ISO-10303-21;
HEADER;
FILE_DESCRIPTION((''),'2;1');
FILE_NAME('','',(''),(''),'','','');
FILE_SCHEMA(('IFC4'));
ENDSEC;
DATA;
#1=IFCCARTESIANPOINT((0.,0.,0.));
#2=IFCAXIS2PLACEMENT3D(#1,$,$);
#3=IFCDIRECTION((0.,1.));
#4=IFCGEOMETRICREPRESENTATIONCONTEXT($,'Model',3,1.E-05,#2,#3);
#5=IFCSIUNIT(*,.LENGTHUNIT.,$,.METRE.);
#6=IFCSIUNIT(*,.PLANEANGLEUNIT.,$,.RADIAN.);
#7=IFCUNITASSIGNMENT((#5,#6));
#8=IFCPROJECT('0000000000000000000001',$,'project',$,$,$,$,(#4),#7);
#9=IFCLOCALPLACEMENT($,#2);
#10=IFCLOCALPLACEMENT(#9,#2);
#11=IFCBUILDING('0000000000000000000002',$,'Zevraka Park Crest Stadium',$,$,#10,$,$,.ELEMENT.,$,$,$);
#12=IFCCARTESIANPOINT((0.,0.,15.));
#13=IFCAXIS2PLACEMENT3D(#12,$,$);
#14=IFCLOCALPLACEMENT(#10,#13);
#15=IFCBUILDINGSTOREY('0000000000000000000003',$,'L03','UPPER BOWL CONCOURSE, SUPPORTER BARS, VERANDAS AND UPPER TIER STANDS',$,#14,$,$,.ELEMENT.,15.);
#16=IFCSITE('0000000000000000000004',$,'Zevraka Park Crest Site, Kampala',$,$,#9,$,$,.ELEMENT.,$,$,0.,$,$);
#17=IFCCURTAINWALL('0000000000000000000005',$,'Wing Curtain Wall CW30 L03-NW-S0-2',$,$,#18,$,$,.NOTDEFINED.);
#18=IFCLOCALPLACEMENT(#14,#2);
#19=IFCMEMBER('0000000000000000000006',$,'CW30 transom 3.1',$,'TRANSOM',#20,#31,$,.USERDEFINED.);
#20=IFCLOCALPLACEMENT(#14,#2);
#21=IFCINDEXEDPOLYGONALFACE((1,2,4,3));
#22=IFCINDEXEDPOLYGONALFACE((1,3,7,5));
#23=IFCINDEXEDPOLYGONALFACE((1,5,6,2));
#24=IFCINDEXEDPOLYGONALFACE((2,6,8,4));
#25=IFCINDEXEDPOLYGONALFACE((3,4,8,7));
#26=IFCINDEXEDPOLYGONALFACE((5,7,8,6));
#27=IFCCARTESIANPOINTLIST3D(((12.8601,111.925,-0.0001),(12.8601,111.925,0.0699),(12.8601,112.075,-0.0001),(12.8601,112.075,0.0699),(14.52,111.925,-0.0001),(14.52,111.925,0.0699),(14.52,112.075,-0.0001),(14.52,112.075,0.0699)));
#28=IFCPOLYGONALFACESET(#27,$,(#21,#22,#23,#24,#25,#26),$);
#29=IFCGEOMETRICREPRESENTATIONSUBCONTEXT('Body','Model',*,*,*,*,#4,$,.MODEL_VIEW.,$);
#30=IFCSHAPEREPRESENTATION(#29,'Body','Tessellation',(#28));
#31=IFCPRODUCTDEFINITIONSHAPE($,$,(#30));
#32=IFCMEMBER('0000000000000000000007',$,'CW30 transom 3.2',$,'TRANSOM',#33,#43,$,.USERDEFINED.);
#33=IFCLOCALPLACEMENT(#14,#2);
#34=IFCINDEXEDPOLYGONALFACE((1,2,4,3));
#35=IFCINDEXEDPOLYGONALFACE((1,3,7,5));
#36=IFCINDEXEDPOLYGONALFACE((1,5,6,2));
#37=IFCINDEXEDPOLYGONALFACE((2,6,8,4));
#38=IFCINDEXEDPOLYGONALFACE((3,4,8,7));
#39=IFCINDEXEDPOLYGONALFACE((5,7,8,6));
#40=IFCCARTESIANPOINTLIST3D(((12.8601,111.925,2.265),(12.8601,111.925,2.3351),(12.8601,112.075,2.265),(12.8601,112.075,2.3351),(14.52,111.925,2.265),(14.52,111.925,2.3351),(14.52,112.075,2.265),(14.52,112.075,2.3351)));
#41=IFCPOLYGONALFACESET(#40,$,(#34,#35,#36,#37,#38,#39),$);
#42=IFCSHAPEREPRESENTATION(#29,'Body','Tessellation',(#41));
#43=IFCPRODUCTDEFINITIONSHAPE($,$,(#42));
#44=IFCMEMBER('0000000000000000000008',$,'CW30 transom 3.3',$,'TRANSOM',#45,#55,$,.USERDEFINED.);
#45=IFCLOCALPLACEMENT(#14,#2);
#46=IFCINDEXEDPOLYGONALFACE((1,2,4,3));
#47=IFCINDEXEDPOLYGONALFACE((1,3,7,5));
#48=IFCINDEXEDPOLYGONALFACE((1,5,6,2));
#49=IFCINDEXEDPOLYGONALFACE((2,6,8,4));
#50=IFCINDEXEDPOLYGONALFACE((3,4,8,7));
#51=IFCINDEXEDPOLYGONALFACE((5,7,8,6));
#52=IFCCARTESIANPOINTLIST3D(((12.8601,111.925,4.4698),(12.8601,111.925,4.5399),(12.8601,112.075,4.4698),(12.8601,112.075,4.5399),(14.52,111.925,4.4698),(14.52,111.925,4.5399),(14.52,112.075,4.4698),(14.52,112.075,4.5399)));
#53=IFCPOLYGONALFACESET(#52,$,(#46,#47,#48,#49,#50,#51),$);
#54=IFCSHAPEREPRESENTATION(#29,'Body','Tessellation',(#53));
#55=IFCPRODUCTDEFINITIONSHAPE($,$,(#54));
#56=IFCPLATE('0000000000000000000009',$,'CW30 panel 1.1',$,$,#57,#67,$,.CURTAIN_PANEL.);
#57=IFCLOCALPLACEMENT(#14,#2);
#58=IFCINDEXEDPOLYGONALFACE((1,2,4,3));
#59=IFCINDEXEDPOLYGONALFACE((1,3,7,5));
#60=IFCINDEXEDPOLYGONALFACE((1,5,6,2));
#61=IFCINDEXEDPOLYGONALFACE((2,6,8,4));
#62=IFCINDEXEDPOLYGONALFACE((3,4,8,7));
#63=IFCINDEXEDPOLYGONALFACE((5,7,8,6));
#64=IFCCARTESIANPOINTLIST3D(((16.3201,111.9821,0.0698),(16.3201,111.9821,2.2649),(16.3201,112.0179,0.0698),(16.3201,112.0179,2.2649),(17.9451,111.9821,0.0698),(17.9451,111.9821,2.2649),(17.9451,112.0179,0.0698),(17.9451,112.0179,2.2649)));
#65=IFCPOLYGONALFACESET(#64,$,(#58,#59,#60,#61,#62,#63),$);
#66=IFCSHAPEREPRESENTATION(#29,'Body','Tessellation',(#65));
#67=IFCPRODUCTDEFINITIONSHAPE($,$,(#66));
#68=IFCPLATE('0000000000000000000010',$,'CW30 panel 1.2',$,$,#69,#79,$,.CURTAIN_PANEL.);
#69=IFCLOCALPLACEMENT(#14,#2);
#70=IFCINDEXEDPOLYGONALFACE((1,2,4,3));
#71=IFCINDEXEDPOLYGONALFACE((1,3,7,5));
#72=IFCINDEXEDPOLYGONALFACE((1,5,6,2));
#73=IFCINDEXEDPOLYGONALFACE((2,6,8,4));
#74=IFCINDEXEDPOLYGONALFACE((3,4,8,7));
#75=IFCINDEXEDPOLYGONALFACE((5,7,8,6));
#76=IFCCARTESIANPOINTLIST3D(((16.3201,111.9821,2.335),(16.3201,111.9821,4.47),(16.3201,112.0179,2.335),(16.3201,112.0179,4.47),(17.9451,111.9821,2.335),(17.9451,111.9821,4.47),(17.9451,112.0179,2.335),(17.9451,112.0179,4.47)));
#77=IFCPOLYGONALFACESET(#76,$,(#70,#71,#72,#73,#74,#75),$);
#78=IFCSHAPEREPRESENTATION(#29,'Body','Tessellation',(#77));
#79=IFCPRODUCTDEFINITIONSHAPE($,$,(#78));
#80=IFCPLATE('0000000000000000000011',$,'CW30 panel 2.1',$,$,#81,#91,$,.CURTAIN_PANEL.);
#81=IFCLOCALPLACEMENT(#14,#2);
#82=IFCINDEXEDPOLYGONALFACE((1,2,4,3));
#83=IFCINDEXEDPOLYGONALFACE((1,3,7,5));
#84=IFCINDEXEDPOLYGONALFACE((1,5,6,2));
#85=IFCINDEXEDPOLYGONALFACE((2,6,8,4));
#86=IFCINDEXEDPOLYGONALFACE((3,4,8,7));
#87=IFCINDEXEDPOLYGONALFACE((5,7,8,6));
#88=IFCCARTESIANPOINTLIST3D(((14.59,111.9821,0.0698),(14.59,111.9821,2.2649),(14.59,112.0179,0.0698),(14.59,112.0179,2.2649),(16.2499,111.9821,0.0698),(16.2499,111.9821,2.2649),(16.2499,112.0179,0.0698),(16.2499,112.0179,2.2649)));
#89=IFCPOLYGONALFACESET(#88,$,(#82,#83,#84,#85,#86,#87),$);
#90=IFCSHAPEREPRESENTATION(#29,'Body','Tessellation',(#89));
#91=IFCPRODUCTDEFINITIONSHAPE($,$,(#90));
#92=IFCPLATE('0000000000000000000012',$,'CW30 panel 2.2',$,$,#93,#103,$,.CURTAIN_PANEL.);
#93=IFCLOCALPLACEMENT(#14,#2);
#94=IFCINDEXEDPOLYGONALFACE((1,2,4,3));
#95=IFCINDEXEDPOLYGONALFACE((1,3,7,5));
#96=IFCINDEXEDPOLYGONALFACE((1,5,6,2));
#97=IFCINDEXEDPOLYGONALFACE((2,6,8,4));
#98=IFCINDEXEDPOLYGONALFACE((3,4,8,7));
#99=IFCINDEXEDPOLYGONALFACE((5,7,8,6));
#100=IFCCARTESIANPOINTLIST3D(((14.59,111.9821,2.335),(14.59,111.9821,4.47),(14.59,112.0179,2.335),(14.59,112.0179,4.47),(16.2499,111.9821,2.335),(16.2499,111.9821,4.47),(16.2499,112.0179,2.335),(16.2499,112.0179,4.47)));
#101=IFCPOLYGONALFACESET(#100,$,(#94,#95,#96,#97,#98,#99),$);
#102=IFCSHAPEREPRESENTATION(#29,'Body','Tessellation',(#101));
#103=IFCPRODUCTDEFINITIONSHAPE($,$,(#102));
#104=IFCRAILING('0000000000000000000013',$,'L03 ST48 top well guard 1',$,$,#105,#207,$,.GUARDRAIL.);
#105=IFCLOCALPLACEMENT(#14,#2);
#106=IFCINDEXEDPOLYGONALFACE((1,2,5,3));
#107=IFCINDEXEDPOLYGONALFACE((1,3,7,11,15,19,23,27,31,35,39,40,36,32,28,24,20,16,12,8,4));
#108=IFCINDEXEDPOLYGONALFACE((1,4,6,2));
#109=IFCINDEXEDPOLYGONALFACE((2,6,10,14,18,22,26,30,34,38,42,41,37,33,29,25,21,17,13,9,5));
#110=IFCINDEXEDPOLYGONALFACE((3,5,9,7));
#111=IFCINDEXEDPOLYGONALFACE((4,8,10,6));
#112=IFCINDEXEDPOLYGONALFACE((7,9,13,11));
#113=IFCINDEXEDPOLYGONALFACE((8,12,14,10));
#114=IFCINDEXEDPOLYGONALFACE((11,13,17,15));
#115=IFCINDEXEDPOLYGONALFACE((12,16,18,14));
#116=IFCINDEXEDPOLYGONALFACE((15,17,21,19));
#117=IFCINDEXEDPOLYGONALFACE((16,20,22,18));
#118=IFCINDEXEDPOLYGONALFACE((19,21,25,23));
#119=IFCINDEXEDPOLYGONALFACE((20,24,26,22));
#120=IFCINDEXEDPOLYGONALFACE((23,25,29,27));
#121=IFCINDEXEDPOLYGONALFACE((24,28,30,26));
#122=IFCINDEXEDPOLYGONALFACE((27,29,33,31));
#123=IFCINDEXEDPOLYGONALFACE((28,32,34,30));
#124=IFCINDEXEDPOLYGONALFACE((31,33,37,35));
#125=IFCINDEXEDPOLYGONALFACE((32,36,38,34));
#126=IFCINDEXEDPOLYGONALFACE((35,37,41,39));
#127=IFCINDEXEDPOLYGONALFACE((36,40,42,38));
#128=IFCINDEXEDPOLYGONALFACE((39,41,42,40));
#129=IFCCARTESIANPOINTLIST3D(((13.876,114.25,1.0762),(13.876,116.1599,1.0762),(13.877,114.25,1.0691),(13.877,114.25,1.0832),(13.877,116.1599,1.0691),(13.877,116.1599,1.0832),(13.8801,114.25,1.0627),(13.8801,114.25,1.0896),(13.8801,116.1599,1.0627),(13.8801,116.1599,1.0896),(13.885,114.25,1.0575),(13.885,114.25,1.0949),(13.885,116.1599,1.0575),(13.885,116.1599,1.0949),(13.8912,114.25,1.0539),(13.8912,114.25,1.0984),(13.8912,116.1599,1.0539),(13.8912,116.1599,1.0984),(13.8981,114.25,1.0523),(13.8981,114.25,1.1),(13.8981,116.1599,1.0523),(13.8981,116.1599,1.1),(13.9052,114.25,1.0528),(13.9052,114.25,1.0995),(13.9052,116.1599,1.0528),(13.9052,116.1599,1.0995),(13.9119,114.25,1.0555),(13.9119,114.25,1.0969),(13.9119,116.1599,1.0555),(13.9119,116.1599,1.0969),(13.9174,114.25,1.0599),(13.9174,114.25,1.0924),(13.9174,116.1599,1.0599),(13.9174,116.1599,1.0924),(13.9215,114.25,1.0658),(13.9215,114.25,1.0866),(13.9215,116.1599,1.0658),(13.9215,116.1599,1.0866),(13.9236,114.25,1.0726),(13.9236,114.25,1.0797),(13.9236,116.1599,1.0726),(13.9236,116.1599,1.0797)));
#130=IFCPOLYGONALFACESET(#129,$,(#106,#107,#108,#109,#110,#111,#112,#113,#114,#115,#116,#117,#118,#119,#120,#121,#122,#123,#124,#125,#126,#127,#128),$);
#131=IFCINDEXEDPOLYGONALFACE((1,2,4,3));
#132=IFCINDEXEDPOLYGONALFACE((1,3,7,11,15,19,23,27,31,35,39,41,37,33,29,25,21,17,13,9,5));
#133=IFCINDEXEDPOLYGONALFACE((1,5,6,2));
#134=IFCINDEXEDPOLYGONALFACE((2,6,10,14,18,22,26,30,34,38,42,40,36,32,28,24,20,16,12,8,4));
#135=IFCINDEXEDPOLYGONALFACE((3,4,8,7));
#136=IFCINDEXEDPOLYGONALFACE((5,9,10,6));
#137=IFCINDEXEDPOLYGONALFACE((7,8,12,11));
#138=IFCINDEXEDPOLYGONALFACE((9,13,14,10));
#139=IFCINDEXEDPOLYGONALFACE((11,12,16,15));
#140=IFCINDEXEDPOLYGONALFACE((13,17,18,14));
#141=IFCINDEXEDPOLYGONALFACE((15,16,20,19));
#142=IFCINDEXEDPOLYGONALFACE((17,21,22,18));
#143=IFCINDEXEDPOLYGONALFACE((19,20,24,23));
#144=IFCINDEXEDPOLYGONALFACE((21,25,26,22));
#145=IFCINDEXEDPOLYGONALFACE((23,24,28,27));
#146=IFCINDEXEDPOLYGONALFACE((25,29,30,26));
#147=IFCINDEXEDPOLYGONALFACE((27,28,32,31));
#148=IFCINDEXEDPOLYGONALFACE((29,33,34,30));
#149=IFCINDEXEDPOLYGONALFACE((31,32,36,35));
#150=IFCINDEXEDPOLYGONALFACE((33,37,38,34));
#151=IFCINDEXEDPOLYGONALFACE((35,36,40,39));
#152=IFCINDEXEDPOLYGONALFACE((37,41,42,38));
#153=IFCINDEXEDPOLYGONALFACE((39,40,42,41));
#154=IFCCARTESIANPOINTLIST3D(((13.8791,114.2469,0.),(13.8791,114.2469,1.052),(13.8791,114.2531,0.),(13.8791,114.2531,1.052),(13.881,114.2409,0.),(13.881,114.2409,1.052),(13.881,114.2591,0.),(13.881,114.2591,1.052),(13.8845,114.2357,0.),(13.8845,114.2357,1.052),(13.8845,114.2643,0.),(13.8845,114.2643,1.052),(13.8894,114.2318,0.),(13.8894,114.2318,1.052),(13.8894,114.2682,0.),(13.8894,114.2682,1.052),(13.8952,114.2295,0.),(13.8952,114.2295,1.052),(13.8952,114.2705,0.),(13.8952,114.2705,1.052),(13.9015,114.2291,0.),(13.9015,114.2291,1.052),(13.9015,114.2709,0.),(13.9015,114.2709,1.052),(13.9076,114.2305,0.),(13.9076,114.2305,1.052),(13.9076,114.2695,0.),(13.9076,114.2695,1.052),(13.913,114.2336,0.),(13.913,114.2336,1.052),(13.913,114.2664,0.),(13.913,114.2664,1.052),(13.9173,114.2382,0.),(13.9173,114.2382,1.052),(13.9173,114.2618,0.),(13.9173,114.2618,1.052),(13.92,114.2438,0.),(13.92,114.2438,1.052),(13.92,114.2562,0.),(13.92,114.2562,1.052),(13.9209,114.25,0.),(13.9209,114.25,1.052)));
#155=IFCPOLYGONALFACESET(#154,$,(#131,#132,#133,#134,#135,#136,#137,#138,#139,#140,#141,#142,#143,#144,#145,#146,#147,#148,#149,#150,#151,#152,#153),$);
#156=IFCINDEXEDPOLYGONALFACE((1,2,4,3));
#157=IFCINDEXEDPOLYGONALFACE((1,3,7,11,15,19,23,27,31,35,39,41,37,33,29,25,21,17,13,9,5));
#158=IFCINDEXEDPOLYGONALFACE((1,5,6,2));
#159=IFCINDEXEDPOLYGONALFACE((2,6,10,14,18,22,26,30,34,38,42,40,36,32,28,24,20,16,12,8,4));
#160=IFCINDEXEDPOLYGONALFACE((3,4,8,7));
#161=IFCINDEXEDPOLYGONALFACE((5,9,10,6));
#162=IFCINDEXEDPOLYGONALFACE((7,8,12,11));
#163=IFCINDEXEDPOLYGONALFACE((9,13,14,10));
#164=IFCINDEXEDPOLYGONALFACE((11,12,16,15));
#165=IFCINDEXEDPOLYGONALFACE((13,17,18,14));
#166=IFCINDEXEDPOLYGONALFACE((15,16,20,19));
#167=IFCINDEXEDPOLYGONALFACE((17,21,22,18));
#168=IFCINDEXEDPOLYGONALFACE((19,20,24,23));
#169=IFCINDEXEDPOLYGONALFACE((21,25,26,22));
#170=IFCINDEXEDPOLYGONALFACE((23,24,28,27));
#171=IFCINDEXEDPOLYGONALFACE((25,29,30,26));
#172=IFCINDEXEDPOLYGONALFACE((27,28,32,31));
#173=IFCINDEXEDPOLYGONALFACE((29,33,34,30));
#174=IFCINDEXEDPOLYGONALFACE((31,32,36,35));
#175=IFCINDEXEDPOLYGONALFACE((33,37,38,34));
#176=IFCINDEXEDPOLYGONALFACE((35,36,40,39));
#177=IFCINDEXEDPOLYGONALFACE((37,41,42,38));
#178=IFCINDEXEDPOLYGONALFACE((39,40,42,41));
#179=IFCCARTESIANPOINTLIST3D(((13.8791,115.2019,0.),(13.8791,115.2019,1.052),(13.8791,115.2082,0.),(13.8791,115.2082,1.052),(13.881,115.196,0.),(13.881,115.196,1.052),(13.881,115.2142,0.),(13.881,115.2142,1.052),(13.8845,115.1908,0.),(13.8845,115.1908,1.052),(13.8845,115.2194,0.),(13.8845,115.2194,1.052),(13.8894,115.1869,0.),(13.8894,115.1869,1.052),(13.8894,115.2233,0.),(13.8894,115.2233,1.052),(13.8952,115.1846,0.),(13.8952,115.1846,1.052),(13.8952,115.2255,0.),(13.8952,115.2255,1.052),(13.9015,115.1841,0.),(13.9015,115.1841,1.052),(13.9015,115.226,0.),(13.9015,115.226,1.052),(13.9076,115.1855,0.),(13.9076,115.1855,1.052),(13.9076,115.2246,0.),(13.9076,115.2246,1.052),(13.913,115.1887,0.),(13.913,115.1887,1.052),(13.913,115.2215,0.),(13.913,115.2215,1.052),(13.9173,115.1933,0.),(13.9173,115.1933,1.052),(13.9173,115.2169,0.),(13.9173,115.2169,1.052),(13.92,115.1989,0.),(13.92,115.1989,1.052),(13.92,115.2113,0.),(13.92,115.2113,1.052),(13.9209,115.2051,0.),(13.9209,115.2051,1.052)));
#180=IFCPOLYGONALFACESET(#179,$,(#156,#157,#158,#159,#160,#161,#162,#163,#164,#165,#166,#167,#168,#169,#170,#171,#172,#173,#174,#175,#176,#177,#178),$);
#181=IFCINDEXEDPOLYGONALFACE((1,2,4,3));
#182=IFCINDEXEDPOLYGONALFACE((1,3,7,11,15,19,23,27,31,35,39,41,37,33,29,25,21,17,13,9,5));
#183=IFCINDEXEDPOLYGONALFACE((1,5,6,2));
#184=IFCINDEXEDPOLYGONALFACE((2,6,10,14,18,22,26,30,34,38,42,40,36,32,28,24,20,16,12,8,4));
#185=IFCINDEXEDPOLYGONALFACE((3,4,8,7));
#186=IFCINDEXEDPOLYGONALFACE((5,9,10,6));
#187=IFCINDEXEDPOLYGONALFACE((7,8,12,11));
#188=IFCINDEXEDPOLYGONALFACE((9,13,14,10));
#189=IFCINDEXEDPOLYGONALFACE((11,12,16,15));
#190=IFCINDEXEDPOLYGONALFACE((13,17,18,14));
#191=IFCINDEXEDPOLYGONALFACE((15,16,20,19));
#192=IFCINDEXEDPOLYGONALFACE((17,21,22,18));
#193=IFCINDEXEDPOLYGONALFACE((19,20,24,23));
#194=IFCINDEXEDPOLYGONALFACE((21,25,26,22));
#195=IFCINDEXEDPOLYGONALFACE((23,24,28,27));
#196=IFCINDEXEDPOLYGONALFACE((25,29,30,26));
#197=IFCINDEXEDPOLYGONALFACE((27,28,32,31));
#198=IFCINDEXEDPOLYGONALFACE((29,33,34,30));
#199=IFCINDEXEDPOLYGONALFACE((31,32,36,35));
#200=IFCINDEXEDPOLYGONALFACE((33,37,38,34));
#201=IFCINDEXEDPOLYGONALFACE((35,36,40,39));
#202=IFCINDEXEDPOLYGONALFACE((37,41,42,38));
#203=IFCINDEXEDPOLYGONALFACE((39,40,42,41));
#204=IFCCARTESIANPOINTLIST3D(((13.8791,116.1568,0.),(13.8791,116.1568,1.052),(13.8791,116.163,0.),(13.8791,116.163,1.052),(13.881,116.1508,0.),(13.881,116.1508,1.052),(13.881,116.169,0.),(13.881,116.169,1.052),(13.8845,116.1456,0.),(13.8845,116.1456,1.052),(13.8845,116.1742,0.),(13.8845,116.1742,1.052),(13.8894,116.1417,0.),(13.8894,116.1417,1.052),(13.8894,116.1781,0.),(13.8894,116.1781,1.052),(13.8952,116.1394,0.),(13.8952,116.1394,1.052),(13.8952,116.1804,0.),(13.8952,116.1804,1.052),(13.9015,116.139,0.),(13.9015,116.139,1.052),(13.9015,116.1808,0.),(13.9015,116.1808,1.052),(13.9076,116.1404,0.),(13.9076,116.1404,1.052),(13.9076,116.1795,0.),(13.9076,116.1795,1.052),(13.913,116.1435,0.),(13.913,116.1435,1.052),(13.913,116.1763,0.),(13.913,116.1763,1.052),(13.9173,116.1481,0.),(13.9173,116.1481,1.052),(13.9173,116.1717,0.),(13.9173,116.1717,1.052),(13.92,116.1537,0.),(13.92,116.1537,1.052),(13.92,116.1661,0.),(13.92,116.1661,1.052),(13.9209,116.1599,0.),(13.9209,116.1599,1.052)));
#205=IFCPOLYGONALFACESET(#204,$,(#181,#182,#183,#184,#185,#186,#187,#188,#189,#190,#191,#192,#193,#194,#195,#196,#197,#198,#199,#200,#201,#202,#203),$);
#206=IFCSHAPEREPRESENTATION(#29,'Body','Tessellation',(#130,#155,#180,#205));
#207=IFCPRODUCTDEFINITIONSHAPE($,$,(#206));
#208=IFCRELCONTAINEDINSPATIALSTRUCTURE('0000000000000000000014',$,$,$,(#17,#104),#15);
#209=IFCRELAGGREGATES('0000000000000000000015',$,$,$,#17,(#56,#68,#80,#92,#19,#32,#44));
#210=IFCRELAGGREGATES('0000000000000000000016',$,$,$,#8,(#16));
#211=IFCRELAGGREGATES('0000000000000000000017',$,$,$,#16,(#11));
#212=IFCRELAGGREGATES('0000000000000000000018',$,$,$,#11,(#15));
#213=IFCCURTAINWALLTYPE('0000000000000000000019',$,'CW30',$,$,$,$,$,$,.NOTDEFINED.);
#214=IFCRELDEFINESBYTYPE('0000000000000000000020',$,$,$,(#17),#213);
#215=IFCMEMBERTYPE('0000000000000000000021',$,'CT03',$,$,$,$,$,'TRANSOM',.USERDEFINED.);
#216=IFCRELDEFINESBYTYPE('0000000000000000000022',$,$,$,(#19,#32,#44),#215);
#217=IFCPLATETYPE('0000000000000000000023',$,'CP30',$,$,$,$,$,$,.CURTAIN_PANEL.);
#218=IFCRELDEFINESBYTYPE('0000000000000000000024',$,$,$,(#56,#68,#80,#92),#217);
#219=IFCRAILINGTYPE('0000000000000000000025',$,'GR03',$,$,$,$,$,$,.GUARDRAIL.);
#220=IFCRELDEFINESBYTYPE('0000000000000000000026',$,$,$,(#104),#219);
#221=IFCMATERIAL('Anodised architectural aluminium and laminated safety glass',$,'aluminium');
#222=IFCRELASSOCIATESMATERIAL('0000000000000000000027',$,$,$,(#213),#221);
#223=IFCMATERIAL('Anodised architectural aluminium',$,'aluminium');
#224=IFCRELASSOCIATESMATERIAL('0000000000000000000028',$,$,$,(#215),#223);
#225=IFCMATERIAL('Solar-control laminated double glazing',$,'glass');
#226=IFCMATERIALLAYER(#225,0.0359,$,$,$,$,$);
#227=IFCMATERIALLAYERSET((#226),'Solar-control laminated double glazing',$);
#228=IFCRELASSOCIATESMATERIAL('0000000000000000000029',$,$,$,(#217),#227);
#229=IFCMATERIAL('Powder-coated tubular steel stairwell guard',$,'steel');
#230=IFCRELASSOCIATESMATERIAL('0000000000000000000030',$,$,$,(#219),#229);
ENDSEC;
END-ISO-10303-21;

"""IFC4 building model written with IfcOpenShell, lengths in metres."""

from ifc_helpers import new_model, si_unit, direction, frame, origin, origin_2d, place, context, subcontext, project, spatial, rectangle, circle, extrude, material, layer, layer_set, material_profile, profile_set, type_object, element, aggregate, save


model = new_model("IFC4")

# Units and contexts
model_context = context("Model", 3, precision=1e-05, world=origin(), true_north=direction((0.0, 1.0)))
body_context = subcontext(model_context, "Body", "Model", "MODEL_VIEW")
ifc_project = project(units=[si_unit("LENGTHUNIT", "METRE"), si_unit("PLANEANGLEUNIT", "RADIAN")], contexts=[model_context])

# Site, building, storey
site_placement = place(None, origin())
site = spatial("IfcSite", under=ifc_project, at=site_placement, Name="Zevraka Park Crest Site, Kampala", CompositionType="ELEMENT", RefElevation=0.0)
building_placement = place(site_placement, origin())
building = spatial("IfcBuilding", under=site, at=building_placement, Name="Zevraka Park Crest Stadium", CompositionType="ELEMENT")
storey_placement = place(building_placement, frame((0.0, 0.0, 15.0)))
storey = spatial("IfcBuildingStorey", under=building, at=storey_placement, Name="L03", Description="UPPER BOWL CONCOURSE, SUPPORTER BARS, VERANDAS AND UPPER TIER STANDS", CompositionType="ELEMENT", Elevation=15.0)

# Curtain wall, members, plates
ifc_material_1 = material(Name="Anodised architectural aluminium and laminated safety glass", Category="aluminium")
curtain_wall_type = type_object("IfcCurtainWallType", Name="CW30", PredefinedType="NOTDEFINED", material=ifc_material_1)
curtain_wall_placement = place(storey_placement, origin())
curtain_wall = element("IfcCurtainWall", 1, at=curtain_wall_placement, inside=storey, type_object=curtain_wall_type, Name="Wing Curtain Wall CW30 L03-NW-S0-2", PredefinedType="NOTDEFINED")
ifc_material_2 = material(Name="Anodised architectural aluminium", Category="aluminium")
ifc_material_profile_1 = material_profile(ifc_material_2, rectangle(XDim=0.1499, YDim=0.0701, at=origin_2d()), Name="ALU TRANSOM 150x70")
ifc_profile_set_1 = profile_set([ifc_material_profile_1], Name="Anodised architectural aluminium")
member_type_1 = type_object("IfcMemberType", Name="CT03", ElementType="TRANSOM", PredefinedType="USERDEFINED", material=ifc_profile_set_1)
member_1_placement = place(storey_placement, frame((14.52, 112.0, 0.0349), z_axis=(-1.0, 0.0, 0.0), x_axis=(0.0, -1.0, 0.0)))
member_1 = element("IfcMember", 2, at=member_1_placement, type_object=member_type_1, Name="CW30 transom 3.1", ObjectType="TRANSOM", PredefinedType="USERDEFINED", context=body_context, shape_type="SweptSolid", body=[
    extrude(rectangle(XDim=0.1499, YDim=0.0701, at=origin_2d()), origin(), (0.0, 0.0, 1.0), 1.6599),
])
member_2_placement = place(storey_placement, frame((14.52, 112.0, 2.3), z_axis=(-1.0, 0.0, 0.0), x_axis=(0.0, -1.0, 0.0)))
member_2 = element("IfcMember", 3, at=member_2_placement, type_object=member_type_1, Name="CW30 transom 3.2", ObjectType="TRANSOM", PredefinedType="USERDEFINED", context=body_context, shape_type="SweptSolid", body=[
    extrude(rectangle(XDim=0.1499, YDim=0.0701, at=origin_2d()), origin(), (0.0, 0.0, 1.0), 1.6599),
])
member_3_placement = place(storey_placement, frame((14.52, 112.0, 4.5049), z_axis=(-1.0, 0.0, 0.0), x_axis=(0.0, -1.0, 0.0)))
member_3 = element("IfcMember", 4, at=member_3_placement, type_object=member_type_1, Name="CW30 transom 3.3", ObjectType="TRANSOM", PredefinedType="USERDEFINED", context=body_context, shape_type="SweptSolid", body=[
    extrude(rectangle(XDim=0.1499, YDim=0.0701, at=origin_2d()), origin(), (0.0, 0.0, 1.0), 1.6599),
])
ifc_material_3 = material(Name="Solar-control laminated double glazing", Category="glass")
ifc_layer = layer(ifc_material_3, 0.0359)
ifc_layer_set = layer_set([ifc_layer], Name="Solar-control laminated double glazing")
plate_type = type_object("IfcPlateType", Name="CP30", PredefinedType="CURTAIN_PANEL", material=ifc_layer_set)
plate_1_placement = place(storey_placement, frame((17.1326, 112.0, 0.0698), z_axis=(0.0, 0.0, 1.0), x_axis=(-1.0, 0.0, 0.0)))
plate_1 = element("IfcPlate", 5, at=plate_1_placement, type_object=plate_type, Name="CW30 panel 1.1", PredefinedType="CURTAIN_PANEL", context=body_context, shape_type="SweptSolid", body=[
    extrude(rectangle(XDim=1.625, YDim=0.0359, at=origin_2d()), origin(), (0.0, 0.0, 1.0), 2.1951),
])
plate_2_placement = place(storey_placement, frame((17.1326, 112.0, 2.335), z_axis=(0.0, 0.0, 1.0), x_axis=(-1.0, 0.0, 0.0)))
plate_2 = element("IfcPlate", 6, at=plate_2_placement, type_object=plate_type, Name="CW30 panel 1.2", PredefinedType="CURTAIN_PANEL", context=body_context, shape_type="SweptSolid", body=[
    extrude(rectangle(XDim=1.625, YDim=0.0359, at=origin_2d()), origin(), (0.0, 0.0, 1.0), 2.135),
])
plate_3_placement = place(storey_placement, frame((15.4199, 112.0, 0.0698), z_axis=(0.0, 0.0, 1.0), x_axis=(-1.0, 0.0, 0.0)))
plate_3 = element("IfcPlate", 7, at=plate_3_placement, type_object=plate_type, Name="CW30 panel 2.1", PredefinedType="CURTAIN_PANEL", context=body_context, shape_type="SweptSolid", body=[
    extrude(rectangle(XDim=1.6599, YDim=0.0359, at=origin_2d()), origin(), (0.0, 0.0, 1.0), 2.1951),
])
plate_4_placement = place(storey_placement, frame((15.4199, 112.0, 2.335), z_axis=(0.0, 0.0, 1.0), x_axis=(-1.0, 0.0, 0.0)))
plate_4 = element("IfcPlate", 8, at=plate_4_placement, type_object=plate_type, Name="CW30 panel 2.2", PredefinedType="CURTAIN_PANEL", context=body_context, shape_type="SweptSolid", body=[
    extrude(rectangle(XDim=1.6599, YDim=0.0359, at=origin_2d()), origin(), (0.0, 0.0, 1.0), 2.135),
])
aggregate(curtain_wall, [plate_1, plate_2, plate_3, plate_4, member_1, member_2, member_3])

# Railing
ifc_material_4 = material(Name="Powder-coated tubular steel stairwell guard", Category="steel")
railing_type = type_object("IfcRailingType", Name="GR03", PredefinedType="GUARDRAIL", material=ifc_material_4)
railing_placement = place(storey_placement, frame((13.8999, 114.25, 0.0)))
element("IfcRailing", 9, at=railing_placement, inside=storey, type_object=railing_type, Name="L03 ST48 top well guard 1", PredefinedType="GUARDRAIL", context=body_context, shape_type="SweptSolid", body=[
    extrude(circle(Radius=0.0239, at=origin_2d()), frame((0.0, 0.0, 1.0762), z_axis=(0.0, 1.0, 0.0), x_axis=(-1.0, 0.0, 0.0)), (0.0, 0.0, 1.0), 1.9099),
    extrude(circle(Radius=0.021, at=origin_2d()), origin(), (0.0, 0.0, 1.0), 1.052),
    extrude(circle(Radius=0.021, at=origin_2d()), frame((0.0, 0.9551, 0.0)), (0.0, 0.0, 1.0), 1.052),
    extrude(circle(Radius=0.021, at=origin_2d()), frame((0.0, 1.9099, 0.0)), (0.0, 0.0, 1.0), 1.052),
])

save(model, "model.ifc")
